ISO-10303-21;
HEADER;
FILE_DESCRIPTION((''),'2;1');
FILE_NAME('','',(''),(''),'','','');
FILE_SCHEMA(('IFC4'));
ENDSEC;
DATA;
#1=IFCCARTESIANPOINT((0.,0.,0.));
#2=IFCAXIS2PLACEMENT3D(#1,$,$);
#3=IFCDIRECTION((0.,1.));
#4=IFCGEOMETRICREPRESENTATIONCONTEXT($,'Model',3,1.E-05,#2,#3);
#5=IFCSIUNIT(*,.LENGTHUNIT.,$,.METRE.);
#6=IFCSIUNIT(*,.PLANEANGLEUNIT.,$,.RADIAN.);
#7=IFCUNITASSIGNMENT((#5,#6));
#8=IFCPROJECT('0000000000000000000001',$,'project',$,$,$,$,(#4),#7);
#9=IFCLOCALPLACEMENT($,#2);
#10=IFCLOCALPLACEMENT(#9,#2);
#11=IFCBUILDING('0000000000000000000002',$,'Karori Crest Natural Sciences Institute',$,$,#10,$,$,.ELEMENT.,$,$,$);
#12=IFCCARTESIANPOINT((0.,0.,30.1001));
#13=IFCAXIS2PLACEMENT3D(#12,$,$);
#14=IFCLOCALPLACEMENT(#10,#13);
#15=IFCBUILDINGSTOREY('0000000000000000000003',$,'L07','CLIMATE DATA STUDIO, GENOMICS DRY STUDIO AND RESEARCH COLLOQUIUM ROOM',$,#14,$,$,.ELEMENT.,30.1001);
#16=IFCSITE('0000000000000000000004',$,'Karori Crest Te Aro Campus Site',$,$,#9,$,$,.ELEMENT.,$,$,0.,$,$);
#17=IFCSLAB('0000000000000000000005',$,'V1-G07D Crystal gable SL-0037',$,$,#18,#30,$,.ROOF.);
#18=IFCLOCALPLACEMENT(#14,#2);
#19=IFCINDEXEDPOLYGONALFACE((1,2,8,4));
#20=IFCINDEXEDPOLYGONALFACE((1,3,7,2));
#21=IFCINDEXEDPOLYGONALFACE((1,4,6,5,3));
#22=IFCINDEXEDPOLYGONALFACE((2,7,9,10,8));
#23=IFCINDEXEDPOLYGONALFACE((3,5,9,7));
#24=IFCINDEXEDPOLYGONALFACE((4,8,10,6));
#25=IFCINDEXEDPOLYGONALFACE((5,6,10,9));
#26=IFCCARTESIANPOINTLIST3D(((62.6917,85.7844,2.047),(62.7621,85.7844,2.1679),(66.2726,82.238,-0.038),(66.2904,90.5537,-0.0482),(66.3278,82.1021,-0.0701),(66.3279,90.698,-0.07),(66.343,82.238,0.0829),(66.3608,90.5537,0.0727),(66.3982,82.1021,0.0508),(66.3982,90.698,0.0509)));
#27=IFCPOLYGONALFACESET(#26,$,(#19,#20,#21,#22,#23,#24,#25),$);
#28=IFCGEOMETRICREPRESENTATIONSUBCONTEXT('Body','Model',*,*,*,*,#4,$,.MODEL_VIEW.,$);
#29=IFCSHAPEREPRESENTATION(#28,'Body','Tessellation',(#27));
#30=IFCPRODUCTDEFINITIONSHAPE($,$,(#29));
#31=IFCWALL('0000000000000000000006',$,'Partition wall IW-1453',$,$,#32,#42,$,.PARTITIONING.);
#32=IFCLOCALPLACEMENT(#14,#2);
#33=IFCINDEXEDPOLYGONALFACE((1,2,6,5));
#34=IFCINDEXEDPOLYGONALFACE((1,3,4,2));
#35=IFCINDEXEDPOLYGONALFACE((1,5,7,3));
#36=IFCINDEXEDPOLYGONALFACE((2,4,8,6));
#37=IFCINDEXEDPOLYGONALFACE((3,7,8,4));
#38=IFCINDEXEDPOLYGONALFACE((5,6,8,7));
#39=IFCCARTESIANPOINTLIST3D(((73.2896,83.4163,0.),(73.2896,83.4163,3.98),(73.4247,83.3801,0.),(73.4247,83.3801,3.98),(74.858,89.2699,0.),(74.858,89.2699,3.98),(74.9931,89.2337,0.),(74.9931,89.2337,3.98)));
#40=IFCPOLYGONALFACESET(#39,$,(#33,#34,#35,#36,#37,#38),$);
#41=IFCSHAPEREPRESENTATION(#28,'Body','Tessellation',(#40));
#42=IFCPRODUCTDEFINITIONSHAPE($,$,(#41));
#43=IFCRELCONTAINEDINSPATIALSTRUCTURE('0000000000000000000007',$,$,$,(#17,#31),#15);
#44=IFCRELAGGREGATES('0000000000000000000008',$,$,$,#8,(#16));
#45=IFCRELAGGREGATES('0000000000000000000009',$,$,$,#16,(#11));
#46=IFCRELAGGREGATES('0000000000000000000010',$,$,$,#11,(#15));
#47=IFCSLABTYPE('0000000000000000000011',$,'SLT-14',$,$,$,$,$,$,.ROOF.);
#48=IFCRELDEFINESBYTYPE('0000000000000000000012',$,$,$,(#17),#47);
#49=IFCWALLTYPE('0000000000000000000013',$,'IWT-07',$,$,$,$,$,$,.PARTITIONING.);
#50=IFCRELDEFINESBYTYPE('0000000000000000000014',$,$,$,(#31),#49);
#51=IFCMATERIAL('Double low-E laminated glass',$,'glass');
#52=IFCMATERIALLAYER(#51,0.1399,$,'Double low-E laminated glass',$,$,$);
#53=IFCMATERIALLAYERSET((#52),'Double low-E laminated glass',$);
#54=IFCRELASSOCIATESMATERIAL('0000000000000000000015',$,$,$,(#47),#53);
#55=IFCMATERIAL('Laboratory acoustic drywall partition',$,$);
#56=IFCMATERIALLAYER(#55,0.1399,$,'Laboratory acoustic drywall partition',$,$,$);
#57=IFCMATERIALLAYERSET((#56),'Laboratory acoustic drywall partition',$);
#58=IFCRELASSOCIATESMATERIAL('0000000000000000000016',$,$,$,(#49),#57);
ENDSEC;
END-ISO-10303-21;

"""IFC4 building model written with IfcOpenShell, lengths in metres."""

from ifc_helpers import new_model, si_unit, direction, frame, frame_2d, origin, place, context, subcontext, project, spatial, polyline, rectangle, outline, extrude, material, layer, layer_set, type_object, element, save


model = new_model("IFC4")

# Units and contexts
model_context = context("Model", 3, precision=1e-05, world=origin(), true_north=direction((0.0, 1.0)))
body_context = subcontext(model_context, "Body", "Model", "MODEL_VIEW")
ifc_project = project(units=[si_unit("LENGTHUNIT", "METRE"), si_unit("PLANEANGLEUNIT", "RADIAN")], contexts=[model_context])

# Site, building, storey
site_placement = place(None, origin())
site = spatial("IfcSite", under=ifc_project, at=site_placement, Name="Karori Crest Te Aro Campus Site", CompositionType="ELEMENT", RefElevation=0.0)
building_placement = place(site_placement, origin())
building = spatial("IfcBuilding", under=site, at=building_placement, Name="Karori Crest Natural Sciences Institute", CompositionType="ELEMENT")
storey_placement = place(building_placement, frame((0.0, 0.0, 30.1001)))
storey = spatial("IfcBuildingStorey", under=building, at=storey_placement, Name="L07", Description="CLIMATE DATA STUDIO, GENOMICS DRY STUDIO AND RESEARCH COLLOQUIUM ROOM", CompositionType="ELEMENT", Elevation=30.1001)

# Shared definitions
ifc_material_1 = material(Name="Double low-E laminated glass", Category="glass")

# Slab
ifc_layer_1 = layer(ifc_material_1, 0.1399, Name="Double low-E laminated glass")
ifc_layer_set_1 = layer_set([ifc_layer_1], Name="Double low-E laminated glass")
slab_type = type_object("IfcSlabType", Name="SLT-14", PredefinedType="ROOF", material=ifc_layer_set_1)
slab_1_placement = place(storey_placement, frame((66.3982, 82.1021, 0.0508), z_axis=(0.503159, -0.000013, 0.864194), x_axis=(0.000006, 1.0, 0.000011)))
element("IfcSlab", 1, at=slab_1_placement, inside=storey, type_object=slab_type, Name="V1-G07D Crystal gable SL-0037", PredefinedType="ROOF", context=body_context, shape_type="SweptSolid", body=[
    extrude(outline(polyline([(0.0, 0.0), (8.5959, 0.0), (8.4517, 0.0433), (3.6824, 4.2076), (0.136, 0.0639), (0.0, 0.0)])), origin(), (0.0, 0.0, -1.0), 0.1399),
])

# Wall
ifc_material_2 = material(Name="Laboratory acoustic drywall partition")
ifc_layer_2 = layer(ifc_material_2, 0.1399, Name="Laboratory acoustic drywall partition")
ifc_layer_set_2 = layer_set([ifc_layer_2], Name="Laboratory acoustic drywall partition")
wall_type = type_object("IfcWallType", Name="IWT-07", PredefinedType="PARTITIONING", material=ifc_layer_set_2)
wall_placement = place(storey_placement, frame((73.3572, 83.3982, 0.0), z_axis=(0.0, 0.0, 1.0), x_axis=(0.258806, 0.965929, 0.0)))
element("IfcWall", 2, at=wall_placement, inside=storey, type_object=wall_type, Name="Partition wall IW-1453", PredefinedType="PARTITIONING", context=body_context, shape_type="SweptSolid", body=[
    extrude(rectangle(XDim=6.0601, YDim=0.1399, at=frame_2d((3.03, 0.0))), origin(), (0.0, 0.0, 1.0), 3.98),
])

save(model, "model.ifc")
